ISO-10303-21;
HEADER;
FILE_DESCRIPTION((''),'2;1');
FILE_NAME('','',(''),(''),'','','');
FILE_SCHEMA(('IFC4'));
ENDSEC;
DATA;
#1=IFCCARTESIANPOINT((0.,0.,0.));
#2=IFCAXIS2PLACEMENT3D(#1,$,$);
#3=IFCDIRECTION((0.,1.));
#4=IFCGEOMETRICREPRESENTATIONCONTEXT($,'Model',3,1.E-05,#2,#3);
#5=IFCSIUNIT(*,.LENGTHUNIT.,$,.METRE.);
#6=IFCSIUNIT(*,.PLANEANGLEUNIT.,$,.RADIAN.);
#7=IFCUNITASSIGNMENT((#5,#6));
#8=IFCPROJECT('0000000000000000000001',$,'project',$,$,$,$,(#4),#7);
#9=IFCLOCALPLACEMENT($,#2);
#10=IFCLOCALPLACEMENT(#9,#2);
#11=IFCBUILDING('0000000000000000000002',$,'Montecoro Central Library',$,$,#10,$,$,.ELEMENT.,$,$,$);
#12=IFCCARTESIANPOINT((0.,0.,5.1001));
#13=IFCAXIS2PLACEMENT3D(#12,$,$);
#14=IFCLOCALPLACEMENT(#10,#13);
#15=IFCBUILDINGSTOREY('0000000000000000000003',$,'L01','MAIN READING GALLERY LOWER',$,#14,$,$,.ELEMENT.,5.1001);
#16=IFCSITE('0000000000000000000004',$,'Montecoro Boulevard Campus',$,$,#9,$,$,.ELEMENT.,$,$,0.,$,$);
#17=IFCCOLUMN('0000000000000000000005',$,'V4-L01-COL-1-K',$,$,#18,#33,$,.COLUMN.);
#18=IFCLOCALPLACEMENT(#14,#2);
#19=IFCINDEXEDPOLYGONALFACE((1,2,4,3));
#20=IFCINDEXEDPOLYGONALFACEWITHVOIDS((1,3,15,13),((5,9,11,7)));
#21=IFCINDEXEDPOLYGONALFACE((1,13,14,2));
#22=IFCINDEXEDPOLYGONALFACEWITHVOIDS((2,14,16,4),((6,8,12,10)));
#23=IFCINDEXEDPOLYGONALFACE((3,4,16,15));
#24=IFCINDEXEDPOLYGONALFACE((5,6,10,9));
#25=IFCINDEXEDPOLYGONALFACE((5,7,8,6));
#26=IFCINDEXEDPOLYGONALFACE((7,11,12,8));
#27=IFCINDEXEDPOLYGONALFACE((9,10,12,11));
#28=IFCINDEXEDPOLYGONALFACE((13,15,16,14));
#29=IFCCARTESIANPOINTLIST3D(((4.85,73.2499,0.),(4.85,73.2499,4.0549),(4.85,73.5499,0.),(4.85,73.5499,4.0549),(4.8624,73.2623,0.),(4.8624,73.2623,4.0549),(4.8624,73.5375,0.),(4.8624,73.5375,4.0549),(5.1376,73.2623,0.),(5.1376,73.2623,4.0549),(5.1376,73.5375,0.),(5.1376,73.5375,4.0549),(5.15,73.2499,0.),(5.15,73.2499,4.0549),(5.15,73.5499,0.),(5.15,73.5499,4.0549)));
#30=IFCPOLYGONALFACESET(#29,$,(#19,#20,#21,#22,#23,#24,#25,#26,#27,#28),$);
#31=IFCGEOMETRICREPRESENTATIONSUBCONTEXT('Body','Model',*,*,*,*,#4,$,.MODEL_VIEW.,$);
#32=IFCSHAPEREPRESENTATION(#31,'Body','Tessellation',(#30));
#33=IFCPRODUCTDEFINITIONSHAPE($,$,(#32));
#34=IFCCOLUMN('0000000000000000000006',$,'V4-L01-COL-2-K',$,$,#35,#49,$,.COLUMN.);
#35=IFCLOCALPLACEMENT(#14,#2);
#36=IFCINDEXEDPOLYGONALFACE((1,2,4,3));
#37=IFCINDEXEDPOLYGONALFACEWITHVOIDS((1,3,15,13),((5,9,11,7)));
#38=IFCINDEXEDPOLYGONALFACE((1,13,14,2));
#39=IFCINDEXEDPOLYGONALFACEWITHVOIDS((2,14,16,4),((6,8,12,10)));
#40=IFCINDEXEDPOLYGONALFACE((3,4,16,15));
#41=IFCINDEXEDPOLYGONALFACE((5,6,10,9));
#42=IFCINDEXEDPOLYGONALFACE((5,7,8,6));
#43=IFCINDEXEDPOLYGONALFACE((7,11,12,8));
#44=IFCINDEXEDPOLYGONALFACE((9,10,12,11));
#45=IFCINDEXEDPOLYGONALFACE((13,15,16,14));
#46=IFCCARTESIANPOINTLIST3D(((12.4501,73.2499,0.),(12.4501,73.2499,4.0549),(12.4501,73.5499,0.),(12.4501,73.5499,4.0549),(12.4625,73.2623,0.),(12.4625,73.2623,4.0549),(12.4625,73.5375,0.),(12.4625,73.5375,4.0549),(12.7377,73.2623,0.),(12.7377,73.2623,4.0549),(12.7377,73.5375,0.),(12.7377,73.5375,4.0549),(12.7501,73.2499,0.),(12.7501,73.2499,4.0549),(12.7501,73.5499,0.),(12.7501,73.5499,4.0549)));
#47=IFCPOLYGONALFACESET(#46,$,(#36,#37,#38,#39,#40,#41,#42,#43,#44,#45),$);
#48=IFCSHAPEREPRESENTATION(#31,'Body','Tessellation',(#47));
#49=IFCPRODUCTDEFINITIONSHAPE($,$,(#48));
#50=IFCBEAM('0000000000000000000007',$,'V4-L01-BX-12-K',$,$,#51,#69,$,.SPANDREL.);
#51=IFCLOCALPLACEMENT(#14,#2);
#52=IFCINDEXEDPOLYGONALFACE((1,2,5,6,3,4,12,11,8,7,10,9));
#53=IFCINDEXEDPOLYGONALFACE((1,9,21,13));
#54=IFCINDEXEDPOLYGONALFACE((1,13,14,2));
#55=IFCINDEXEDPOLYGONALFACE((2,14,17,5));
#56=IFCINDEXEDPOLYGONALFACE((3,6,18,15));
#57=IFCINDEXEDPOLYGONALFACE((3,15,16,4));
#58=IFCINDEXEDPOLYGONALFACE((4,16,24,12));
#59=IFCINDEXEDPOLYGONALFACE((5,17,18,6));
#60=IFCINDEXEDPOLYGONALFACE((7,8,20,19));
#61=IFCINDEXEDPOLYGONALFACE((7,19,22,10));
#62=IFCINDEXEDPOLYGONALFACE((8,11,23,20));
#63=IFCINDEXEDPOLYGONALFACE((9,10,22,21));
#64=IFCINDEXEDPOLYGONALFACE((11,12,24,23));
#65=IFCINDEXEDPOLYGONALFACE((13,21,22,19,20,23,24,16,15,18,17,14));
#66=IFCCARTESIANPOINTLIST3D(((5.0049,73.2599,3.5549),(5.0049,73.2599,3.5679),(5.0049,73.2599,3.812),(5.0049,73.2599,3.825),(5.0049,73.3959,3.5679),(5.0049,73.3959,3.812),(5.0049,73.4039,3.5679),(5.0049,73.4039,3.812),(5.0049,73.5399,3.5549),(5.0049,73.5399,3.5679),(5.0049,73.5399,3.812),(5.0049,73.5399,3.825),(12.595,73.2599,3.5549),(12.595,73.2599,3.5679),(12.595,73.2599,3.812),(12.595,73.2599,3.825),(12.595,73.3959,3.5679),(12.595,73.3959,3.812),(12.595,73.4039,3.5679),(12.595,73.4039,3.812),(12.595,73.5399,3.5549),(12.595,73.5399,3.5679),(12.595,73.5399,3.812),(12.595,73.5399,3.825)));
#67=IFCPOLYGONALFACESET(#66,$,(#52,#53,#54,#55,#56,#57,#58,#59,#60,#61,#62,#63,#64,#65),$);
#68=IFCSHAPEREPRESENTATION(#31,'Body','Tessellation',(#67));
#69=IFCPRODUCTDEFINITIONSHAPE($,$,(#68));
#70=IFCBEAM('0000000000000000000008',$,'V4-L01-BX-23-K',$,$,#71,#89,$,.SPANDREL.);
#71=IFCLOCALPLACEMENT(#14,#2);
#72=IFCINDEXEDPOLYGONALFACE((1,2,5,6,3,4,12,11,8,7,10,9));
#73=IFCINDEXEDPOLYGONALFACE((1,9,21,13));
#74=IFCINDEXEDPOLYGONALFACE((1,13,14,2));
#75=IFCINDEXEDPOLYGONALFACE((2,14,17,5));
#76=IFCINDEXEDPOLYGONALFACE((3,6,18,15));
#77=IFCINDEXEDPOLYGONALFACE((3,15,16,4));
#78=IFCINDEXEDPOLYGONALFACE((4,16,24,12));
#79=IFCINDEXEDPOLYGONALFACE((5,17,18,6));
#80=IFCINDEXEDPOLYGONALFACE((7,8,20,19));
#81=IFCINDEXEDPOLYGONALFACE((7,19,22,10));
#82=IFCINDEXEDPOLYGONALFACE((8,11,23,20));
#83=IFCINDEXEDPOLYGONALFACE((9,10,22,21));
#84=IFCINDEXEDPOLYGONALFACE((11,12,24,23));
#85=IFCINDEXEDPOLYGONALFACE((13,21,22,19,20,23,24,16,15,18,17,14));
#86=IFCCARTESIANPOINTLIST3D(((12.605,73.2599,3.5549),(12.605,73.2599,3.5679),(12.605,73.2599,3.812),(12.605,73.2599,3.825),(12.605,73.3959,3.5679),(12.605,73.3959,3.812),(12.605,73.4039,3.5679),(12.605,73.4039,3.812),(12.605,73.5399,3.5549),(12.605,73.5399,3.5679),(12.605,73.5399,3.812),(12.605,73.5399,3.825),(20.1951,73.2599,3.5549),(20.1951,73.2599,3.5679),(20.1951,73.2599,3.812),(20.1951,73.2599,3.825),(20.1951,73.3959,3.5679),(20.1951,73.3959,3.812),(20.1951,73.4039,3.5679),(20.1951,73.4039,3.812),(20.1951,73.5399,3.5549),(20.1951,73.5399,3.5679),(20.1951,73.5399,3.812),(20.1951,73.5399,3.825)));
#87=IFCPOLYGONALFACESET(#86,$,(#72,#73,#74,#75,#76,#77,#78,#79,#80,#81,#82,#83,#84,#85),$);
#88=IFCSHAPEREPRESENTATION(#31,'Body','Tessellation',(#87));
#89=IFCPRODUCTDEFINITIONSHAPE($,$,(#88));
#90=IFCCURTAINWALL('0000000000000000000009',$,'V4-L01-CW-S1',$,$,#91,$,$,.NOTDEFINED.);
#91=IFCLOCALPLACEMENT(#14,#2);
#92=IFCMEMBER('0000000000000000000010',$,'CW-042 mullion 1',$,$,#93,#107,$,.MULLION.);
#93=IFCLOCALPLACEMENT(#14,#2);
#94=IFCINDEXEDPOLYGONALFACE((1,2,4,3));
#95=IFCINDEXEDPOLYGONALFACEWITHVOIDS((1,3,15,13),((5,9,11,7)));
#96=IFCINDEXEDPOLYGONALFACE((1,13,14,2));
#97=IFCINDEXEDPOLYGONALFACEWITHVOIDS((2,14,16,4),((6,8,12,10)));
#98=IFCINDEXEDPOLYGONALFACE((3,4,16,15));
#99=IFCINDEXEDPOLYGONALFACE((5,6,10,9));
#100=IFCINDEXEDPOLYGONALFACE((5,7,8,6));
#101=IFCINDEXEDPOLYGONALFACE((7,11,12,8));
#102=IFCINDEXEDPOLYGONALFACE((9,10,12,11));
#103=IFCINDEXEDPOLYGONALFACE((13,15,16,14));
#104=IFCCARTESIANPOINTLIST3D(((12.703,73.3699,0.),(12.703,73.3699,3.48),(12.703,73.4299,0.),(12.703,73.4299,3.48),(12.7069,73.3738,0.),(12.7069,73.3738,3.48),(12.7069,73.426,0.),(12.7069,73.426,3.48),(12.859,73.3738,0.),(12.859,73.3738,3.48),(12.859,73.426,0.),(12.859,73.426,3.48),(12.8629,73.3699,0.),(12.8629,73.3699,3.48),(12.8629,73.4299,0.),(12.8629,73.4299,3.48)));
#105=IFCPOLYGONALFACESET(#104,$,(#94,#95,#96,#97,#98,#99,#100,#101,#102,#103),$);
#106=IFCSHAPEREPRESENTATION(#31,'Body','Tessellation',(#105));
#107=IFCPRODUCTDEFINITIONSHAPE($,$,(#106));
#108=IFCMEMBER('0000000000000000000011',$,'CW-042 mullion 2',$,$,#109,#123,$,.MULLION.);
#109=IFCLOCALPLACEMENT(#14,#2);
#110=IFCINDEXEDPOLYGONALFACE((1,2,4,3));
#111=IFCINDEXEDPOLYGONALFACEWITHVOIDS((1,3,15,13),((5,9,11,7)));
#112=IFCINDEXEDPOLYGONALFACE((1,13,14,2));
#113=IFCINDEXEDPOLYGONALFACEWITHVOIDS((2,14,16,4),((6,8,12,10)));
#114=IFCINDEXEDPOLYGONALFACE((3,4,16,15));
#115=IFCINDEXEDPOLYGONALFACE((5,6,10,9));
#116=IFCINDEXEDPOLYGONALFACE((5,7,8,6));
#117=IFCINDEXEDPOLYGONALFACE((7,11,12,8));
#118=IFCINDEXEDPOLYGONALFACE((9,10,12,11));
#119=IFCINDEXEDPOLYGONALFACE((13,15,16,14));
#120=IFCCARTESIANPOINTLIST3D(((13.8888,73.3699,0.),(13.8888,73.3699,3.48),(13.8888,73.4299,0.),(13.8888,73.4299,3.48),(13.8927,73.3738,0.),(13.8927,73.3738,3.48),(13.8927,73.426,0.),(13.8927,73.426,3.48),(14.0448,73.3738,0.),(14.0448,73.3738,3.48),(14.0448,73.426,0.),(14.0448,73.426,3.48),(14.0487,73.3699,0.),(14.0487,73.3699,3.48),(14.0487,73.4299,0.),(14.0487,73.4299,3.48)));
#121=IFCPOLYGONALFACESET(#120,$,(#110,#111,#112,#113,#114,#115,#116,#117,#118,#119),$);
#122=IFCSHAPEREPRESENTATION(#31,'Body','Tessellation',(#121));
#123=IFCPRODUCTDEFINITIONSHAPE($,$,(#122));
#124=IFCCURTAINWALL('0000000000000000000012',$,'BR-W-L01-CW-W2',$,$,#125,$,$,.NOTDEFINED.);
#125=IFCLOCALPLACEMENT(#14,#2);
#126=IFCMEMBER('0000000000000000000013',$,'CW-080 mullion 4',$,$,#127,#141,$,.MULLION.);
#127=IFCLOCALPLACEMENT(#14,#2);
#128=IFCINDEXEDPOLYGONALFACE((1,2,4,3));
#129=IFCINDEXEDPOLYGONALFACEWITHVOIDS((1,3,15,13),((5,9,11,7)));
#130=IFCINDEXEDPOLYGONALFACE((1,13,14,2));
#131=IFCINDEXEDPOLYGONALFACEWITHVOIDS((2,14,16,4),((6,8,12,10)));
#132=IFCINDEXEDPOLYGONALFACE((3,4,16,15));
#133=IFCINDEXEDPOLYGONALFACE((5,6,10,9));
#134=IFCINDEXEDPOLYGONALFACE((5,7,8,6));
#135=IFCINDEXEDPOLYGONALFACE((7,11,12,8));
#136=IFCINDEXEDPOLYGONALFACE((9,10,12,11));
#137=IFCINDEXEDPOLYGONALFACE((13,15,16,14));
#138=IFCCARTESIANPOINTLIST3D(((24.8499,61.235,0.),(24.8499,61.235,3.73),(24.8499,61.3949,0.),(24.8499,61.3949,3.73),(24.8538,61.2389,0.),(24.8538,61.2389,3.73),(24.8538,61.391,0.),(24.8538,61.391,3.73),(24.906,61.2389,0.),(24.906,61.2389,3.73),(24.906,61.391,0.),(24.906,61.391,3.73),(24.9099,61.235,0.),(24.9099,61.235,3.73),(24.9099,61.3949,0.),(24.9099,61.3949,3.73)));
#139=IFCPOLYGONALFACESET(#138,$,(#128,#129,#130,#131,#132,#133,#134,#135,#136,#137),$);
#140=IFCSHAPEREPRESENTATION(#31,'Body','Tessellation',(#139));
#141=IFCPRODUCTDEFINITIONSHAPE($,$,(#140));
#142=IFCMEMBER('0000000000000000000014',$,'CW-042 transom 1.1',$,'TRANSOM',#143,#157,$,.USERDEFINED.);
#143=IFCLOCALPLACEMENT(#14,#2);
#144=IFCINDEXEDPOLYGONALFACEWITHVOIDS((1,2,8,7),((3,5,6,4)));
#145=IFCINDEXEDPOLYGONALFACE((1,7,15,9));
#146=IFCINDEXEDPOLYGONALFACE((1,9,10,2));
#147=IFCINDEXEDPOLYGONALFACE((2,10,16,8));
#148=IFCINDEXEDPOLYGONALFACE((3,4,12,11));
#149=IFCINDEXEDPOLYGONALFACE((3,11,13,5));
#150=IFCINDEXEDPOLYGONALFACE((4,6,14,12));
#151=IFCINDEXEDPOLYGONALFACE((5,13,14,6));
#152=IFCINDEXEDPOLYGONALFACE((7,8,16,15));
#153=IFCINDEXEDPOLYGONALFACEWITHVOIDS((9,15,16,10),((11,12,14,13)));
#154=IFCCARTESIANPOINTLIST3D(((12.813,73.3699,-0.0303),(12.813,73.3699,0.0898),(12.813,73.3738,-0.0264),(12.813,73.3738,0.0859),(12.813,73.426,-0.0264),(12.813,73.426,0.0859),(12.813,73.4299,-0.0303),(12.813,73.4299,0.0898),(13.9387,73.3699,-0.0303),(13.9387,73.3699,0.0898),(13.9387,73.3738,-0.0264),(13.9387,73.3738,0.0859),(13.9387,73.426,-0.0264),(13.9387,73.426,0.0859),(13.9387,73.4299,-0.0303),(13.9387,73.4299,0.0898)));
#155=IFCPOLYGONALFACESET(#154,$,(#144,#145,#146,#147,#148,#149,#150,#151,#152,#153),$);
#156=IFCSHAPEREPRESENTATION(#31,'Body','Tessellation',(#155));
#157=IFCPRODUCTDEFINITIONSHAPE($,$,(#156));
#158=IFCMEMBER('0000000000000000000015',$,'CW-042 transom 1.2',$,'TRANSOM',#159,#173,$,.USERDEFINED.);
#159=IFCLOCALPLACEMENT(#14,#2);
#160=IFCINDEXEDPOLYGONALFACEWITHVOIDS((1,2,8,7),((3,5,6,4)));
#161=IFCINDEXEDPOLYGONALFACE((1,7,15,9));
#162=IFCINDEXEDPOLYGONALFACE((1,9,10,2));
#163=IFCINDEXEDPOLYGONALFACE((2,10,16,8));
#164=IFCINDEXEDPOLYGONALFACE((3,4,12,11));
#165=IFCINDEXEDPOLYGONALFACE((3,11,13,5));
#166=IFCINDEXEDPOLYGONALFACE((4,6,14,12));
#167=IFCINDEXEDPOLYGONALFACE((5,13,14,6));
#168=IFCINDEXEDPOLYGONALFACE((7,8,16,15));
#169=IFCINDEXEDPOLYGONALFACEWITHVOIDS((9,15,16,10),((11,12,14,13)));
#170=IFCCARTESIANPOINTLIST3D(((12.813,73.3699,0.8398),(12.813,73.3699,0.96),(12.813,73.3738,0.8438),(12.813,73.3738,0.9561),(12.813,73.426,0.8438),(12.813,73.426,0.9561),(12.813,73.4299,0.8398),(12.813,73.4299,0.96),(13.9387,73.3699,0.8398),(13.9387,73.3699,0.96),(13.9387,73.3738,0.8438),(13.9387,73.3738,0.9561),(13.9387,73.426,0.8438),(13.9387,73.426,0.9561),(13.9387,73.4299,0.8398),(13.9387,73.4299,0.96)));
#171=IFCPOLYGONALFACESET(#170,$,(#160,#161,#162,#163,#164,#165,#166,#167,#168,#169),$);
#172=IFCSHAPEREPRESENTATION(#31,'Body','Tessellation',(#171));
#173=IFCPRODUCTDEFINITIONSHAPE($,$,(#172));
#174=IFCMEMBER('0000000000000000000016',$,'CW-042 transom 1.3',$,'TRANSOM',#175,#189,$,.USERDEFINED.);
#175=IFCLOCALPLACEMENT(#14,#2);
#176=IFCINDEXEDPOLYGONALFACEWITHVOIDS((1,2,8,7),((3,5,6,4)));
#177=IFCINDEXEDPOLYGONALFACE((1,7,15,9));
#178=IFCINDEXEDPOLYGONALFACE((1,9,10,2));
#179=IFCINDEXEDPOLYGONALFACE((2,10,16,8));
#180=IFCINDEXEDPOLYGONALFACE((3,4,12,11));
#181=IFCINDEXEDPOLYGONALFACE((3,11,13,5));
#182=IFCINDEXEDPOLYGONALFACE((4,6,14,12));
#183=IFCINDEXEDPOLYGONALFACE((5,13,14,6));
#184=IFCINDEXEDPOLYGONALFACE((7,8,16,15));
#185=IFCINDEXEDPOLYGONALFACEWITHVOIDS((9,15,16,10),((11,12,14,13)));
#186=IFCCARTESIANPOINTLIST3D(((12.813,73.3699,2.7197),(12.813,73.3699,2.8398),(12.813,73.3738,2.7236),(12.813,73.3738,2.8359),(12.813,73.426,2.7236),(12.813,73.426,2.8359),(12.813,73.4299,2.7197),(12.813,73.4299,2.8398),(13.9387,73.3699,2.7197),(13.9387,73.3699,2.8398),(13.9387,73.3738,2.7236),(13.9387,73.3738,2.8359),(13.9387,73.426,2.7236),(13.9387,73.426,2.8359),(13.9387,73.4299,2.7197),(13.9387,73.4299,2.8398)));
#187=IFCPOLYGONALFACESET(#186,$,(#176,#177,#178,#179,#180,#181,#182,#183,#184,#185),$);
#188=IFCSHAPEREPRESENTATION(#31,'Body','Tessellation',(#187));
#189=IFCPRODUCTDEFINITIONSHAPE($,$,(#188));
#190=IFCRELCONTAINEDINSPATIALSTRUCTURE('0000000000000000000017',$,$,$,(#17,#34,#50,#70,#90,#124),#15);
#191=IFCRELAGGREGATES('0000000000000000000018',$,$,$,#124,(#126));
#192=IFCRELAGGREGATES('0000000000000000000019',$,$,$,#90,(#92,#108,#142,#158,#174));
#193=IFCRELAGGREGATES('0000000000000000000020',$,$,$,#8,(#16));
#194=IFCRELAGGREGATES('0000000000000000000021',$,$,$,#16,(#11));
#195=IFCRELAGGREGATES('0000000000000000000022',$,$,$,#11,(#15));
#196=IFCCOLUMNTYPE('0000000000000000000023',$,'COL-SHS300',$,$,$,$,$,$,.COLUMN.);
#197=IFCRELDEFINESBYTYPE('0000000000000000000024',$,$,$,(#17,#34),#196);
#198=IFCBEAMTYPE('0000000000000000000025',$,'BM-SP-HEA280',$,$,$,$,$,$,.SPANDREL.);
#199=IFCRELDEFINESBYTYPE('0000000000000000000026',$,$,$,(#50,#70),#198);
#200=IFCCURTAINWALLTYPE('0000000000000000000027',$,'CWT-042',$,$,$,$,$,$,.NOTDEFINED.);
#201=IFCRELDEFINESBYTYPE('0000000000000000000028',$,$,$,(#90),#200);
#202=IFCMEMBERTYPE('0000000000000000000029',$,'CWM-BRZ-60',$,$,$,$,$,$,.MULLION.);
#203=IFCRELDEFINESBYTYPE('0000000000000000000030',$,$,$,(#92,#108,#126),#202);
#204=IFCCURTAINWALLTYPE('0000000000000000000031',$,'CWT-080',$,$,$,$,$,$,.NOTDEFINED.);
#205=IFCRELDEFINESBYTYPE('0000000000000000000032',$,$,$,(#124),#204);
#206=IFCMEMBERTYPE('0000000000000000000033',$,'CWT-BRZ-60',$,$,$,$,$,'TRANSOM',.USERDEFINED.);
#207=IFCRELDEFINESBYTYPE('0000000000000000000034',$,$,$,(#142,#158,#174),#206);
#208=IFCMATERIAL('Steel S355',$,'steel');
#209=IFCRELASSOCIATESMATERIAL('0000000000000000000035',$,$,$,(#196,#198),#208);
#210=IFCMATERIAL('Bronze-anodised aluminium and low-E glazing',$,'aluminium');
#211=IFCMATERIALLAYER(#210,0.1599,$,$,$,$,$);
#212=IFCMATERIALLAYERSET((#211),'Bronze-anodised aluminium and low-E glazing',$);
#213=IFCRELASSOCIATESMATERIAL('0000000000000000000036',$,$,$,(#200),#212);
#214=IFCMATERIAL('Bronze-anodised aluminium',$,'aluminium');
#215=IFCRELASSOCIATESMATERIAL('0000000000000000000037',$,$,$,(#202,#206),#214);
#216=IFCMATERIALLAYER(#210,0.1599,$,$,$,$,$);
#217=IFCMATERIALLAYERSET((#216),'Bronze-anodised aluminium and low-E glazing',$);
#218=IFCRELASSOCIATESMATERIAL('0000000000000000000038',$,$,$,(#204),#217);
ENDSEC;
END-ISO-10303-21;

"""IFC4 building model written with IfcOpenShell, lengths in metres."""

from ifc_helpers import new_model, si_unit, direction, frame, origin, origin_2d, place, context, subcontext, project, spatial, hollow_rectangle, i_section, extrude, material, layer, layer_set, material_profile, profile_set, type_object, element, aggregate, save


model = new_model("IFC4")

# Units and contexts
model_context = context("Model", 3, precision=1e-05, world=origin(), true_north=direction((0.0, 1.0)))
body_context = subcontext(model_context, "Body", "Model", "MODEL_VIEW")
ifc_project = project(units=[si_unit("LENGTHUNIT", "METRE"), si_unit("PLANEANGLEUNIT", "RADIAN")], contexts=[model_context])

# Site, building, storey
site_placement = place(None, origin())
site = spatial("IfcSite", under=ifc_project, at=site_placement, Name="Montecoro Boulevard Campus", CompositionType="ELEMENT", RefElevation=0.0)
building_placement = place(site_placement, origin())
building = spatial("IfcBuilding", under=site, at=building_placement, Name="Montecoro Central Library", CompositionType="ELEMENT")
storey_placement = place(building_placement, frame((0.0, 0.0, 5.1001)))
storey = spatial("IfcBuildingStorey", under=building, at=storey_placement, Name="L01", Description="MAIN READING GALLERY LOWER", CompositionType="ELEMENT", Elevation=5.1001)

# Columns
ifc_material_1 = material(Name="Steel S355", Category="steel")
ifc_material_profile_1 = material_profile(ifc_material_1, hollow_rectangle(XDim=0.3, YDim=0.3, WallThickness=0.0125, at=origin_2d()), Name="SHS 300x300x12.5")
ifc_profile_set_1 = profile_set([ifc_material_profile_1], Name="Steel S355")
column_type = type_object("IfcColumnType", Name="COL-SHS300", PredefinedType="COLUMN", material=ifc_profile_set_1)
for number, where, z_axis, x_axis, name in (
    (1, (5.0, 73.3999, 0.0), (0.0, 0.0, 1.0), (1.0, 0.0, 0.0), "V4-L01-COL-1-K"),
    (2, (12.6001, 73.3999, 0.0), (0.0, 0.0, 1.0), (1.0, 0.0, 0.0), "V4-L01-COL-2-K"),
):
    element("IfcColumn", number, at=place(storey_placement, frame(where, z_axis=z_axis, x_axis=x_axis)), inside=storey, type_object=column_type, Name=name, PredefinedType="COLUMN", context=body_context, shape_type="SweptSolid", body=[
        extrude(hollow_rectangle(XDim=0.3, YDim=0.3, WallThickness=0.0125, at=origin_2d()), origin(), (0.0, 0.0, 1.0), 4.0549),
    ])

# Beams
ifc_material_profile_2 = material_profile(ifc_material_1, i_section(OverallWidth=0.28, OverallDepth=0.27, WebThickness=0.0081, FlangeThickness=0.0129, at=origin_2d()), Name="HEA 280")
ifc_profile_set_2 = profile_set([ifc_material_profile_2], Name="Steel S355")
beam_type = type_object("IfcBeamType", Name="BM-SP-HEA280", PredefinedType="SPANDREL", material=ifc_profile_set_2)
for number, where, z_axis, x_axis, name in (
    (3, (5.0049, 73.3999, 3.6899), (1.0, 0.0, 0.0), (0.0, 1.0, 0.0), "V4-L01-BX-12-K"),
    (4, (12.605, 73.3999, 3.6899), (1.0, 0.0, 0.0), (0.0, 1.0, 0.0), "V4-L01-BX-23-K"),
):
    element("IfcBeam", number, at=place(storey_placement, frame(where, z_axis=z_axis, x_axis=x_axis)), inside=storey, type_object=beam_type, Name=name, PredefinedType="SPANDREL", context=body_context, shape_type="SweptSolid", body=[
        extrude(i_section(OverallWidth=0.28, OverallDepth=0.27, WebThickness=0.0081, FlangeThickness=0.0129, at=origin_2d()), origin(), (0.0, 0.0, 1.0), 7.5901),
    ])

# Curtain wall, members
ifc_material_2 = material(Name="Bronze-anodised aluminium and low-E glazing", Category="aluminium")
ifc_layer_1 = layer(ifc_material_2, 0.1599)
ifc_layer_set_1 = layer_set([ifc_layer_1], Name="Bronze-anodised aluminium and low-E glazing")
curtain_wall_type_1 = type_object("IfcCurtainWallType", Name="CWT-042", PredefinedType="NOTDEFINED", material=ifc_layer_set_1)
curtain_wall_1_placement = place(storey_placement, origin())
curtain_wall_1 = element("IfcCurtainWall", 5, at=curtain_wall_1_placement, inside=storey, type_object=curtain_wall_type_1, Name="V4-L01-CW-S1", PredefinedType="NOTDEFINED")
ifc_material_3 = material(Name="Bronze-anodised aluminium", Category="aluminium")
ifc_material_profile_3 = material_profile(ifc_material_3, hollow_rectangle(XDim=0.0601, YDim=0.1599, WallThickness=0.0039, at=origin_2d()), Name="CWM 160x60x4.0")
ifc_profile_set_3 = profile_set([ifc_material_profile_3], Name="Bronze-anodised aluminium")
member_type_1 = type_object("IfcMemberType", Name="CWM-BRZ-60", PredefinedType="MULLION", material=ifc_profile_set_3)
member_1_placement = place(storey_placement, frame((12.783, 73.3999, 0.0), z_axis=(0.0, 0.0, 1.0), x_axis=(0.0, 1.0, 0.0)))
member_1 = element("IfcMember", 6, at=member_1_placement, type_object=member_type_1, Name="CW-042 mullion 1", PredefinedType="MULLION", context=body_context, shape_type="SweptSolid", body=[
    extrude(hollow_rectangle(XDim=0.0601, YDim=0.1599, WallThickness=0.0039, at=origin_2d()), origin(), (0.0, 0.0, 1.0), 3.48),
])
member_2_placement = place(storey_placement, frame((13.9688, 73.3999, 0.0), z_axis=(0.0, 0.0, 1.0), x_axis=(0.0, 1.0, 0.0)))
member_2 = element("IfcMember", 7, at=member_2_placement, type_object=member_type_1, Name="CW-042 mullion 2", PredefinedType="MULLION", context=body_context, shape_type="SweptSolid", body=[
    extrude(hollow_rectangle(XDim=0.0601, YDim=0.1599, WallThickness=0.0039, at=origin_2d()), origin(), (0.0, 0.0, 1.0), 3.48),
])

# Curtain wall, member
ifc_layer_2 = layer(ifc_material_2, 0.1599)
ifc_layer_set_2 = layer_set([ifc_layer_2], Name="Bronze-anodised aluminium and low-E glazing")
curtain_wall_type_2 = type_object("IfcCurtainWallType", Name="CWT-080", PredefinedType="NOTDEFINED", material=ifc_layer_set_2)
curtain_wall_2_placement = place(storey_placement, origin())
curtain_wall_2 = element("IfcCurtainWall", 8, at=curtain_wall_2_placement, inside=storey, type_object=curtain_wall_type_2, Name="BR-W-L01-CW-W2", PredefinedType="NOTDEFINED")
member_3_placement = place(storey_placement, frame((24.8799, 61.3149, 0.0), z_axis=(0.0, 0.0, 1.0), x_axis=(-1.0, 0.0, 0.0)))
member_3 = element("IfcMember", 9, at=member_3_placement, type_object=member_type_1, Name="CW-080 mullion 4", PredefinedType="MULLION", context=body_context, shape_type="SweptSolid", body=[
    extrude(hollow_rectangle(XDim=0.0601, YDim=0.1599, WallThickness=0.0039, at=origin_2d()), origin(), (0.0, 0.0, 1.0), 3.73),
])

# Members
ifc_material_profile_4 = material_profile(ifc_material_3, hollow_rectangle(XDim=0.0601, YDim=0.1201, WallThickness=0.0039, at=origin_2d()), Name="CWT 120x60x4.0")
ifc_profile_set_4 = profile_set([ifc_material_profile_4], Name="Bronze-anodised aluminium")
member_type_2 = type_object("IfcMemberType", Name="CWT-BRZ-60", ElementType="TRANSOM", PredefinedType="USERDEFINED", material=ifc_profile_set_4)
member_4_placement = place(storey_placement, frame((12.813, 73.3999, 0.0298), z_axis=(1.0, 0.0, 0.0), x_axis=(0.0, 1.0, 0.0)))
member_4 = element("IfcMember", 10, at=member_4_placement, type_object=member_type_2, Name="CW-042 transom 1.1", ObjectType="TRANSOM", PredefinedType="USERDEFINED", context=body_context, shape_type="SweptSolid", body=[
    extrude(hollow_rectangle(XDim=0.0601, YDim=0.1201, WallThickness=0.0039, at=origin_2d()), origin(), (0.0, 0.0, 1.0), 1.1257),
])
member_5_placement = place(storey_placement, frame((12.813, 73.3999, 0.8999), z_axis=(1.0, 0.0, 0.0), x_axis=(0.0, 1.0, 0.0)))
member_5 = element("IfcMember", 11, at=member_5_placement, type_object=member_type_2, Name="CW-042 transom 1.2", ObjectType="TRANSOM", PredefinedType="USERDEFINED", context=body_context, shape_type="SweptSolid", body=[
    extrude(hollow_rectangle(XDim=0.0601, YDim=0.1201, WallThickness=0.0039, at=origin_2d()), origin(), (0.0, 0.0, 1.0), 1.1257),
])
member_6_placement = place(storey_placement, frame((12.813, 73.3999, 2.7798), z_axis=(1.0, 0.0, 0.0), x_axis=(0.0, 1.0, 0.0)))
member_6 = element("IfcMember", 12, at=member_6_placement, type_object=member_type_2, Name="CW-042 transom 1.3", ObjectType="TRANSOM", PredefinedType="USERDEFINED", context=body_context, shape_type="SweptSolid", body=[
    extrude(hollow_rectangle(XDim=0.0601, YDim=0.1201, WallThickness=0.0039, at=origin_2d()), origin(), (0.0, 0.0, 1.0), 1.1257),
])

aggregate(curtain_wall_2, [member_3])
aggregate(curtain_wall_1, [member_1, member_2, member_4, member_5, member_6])

save(model, "model.ifc")
